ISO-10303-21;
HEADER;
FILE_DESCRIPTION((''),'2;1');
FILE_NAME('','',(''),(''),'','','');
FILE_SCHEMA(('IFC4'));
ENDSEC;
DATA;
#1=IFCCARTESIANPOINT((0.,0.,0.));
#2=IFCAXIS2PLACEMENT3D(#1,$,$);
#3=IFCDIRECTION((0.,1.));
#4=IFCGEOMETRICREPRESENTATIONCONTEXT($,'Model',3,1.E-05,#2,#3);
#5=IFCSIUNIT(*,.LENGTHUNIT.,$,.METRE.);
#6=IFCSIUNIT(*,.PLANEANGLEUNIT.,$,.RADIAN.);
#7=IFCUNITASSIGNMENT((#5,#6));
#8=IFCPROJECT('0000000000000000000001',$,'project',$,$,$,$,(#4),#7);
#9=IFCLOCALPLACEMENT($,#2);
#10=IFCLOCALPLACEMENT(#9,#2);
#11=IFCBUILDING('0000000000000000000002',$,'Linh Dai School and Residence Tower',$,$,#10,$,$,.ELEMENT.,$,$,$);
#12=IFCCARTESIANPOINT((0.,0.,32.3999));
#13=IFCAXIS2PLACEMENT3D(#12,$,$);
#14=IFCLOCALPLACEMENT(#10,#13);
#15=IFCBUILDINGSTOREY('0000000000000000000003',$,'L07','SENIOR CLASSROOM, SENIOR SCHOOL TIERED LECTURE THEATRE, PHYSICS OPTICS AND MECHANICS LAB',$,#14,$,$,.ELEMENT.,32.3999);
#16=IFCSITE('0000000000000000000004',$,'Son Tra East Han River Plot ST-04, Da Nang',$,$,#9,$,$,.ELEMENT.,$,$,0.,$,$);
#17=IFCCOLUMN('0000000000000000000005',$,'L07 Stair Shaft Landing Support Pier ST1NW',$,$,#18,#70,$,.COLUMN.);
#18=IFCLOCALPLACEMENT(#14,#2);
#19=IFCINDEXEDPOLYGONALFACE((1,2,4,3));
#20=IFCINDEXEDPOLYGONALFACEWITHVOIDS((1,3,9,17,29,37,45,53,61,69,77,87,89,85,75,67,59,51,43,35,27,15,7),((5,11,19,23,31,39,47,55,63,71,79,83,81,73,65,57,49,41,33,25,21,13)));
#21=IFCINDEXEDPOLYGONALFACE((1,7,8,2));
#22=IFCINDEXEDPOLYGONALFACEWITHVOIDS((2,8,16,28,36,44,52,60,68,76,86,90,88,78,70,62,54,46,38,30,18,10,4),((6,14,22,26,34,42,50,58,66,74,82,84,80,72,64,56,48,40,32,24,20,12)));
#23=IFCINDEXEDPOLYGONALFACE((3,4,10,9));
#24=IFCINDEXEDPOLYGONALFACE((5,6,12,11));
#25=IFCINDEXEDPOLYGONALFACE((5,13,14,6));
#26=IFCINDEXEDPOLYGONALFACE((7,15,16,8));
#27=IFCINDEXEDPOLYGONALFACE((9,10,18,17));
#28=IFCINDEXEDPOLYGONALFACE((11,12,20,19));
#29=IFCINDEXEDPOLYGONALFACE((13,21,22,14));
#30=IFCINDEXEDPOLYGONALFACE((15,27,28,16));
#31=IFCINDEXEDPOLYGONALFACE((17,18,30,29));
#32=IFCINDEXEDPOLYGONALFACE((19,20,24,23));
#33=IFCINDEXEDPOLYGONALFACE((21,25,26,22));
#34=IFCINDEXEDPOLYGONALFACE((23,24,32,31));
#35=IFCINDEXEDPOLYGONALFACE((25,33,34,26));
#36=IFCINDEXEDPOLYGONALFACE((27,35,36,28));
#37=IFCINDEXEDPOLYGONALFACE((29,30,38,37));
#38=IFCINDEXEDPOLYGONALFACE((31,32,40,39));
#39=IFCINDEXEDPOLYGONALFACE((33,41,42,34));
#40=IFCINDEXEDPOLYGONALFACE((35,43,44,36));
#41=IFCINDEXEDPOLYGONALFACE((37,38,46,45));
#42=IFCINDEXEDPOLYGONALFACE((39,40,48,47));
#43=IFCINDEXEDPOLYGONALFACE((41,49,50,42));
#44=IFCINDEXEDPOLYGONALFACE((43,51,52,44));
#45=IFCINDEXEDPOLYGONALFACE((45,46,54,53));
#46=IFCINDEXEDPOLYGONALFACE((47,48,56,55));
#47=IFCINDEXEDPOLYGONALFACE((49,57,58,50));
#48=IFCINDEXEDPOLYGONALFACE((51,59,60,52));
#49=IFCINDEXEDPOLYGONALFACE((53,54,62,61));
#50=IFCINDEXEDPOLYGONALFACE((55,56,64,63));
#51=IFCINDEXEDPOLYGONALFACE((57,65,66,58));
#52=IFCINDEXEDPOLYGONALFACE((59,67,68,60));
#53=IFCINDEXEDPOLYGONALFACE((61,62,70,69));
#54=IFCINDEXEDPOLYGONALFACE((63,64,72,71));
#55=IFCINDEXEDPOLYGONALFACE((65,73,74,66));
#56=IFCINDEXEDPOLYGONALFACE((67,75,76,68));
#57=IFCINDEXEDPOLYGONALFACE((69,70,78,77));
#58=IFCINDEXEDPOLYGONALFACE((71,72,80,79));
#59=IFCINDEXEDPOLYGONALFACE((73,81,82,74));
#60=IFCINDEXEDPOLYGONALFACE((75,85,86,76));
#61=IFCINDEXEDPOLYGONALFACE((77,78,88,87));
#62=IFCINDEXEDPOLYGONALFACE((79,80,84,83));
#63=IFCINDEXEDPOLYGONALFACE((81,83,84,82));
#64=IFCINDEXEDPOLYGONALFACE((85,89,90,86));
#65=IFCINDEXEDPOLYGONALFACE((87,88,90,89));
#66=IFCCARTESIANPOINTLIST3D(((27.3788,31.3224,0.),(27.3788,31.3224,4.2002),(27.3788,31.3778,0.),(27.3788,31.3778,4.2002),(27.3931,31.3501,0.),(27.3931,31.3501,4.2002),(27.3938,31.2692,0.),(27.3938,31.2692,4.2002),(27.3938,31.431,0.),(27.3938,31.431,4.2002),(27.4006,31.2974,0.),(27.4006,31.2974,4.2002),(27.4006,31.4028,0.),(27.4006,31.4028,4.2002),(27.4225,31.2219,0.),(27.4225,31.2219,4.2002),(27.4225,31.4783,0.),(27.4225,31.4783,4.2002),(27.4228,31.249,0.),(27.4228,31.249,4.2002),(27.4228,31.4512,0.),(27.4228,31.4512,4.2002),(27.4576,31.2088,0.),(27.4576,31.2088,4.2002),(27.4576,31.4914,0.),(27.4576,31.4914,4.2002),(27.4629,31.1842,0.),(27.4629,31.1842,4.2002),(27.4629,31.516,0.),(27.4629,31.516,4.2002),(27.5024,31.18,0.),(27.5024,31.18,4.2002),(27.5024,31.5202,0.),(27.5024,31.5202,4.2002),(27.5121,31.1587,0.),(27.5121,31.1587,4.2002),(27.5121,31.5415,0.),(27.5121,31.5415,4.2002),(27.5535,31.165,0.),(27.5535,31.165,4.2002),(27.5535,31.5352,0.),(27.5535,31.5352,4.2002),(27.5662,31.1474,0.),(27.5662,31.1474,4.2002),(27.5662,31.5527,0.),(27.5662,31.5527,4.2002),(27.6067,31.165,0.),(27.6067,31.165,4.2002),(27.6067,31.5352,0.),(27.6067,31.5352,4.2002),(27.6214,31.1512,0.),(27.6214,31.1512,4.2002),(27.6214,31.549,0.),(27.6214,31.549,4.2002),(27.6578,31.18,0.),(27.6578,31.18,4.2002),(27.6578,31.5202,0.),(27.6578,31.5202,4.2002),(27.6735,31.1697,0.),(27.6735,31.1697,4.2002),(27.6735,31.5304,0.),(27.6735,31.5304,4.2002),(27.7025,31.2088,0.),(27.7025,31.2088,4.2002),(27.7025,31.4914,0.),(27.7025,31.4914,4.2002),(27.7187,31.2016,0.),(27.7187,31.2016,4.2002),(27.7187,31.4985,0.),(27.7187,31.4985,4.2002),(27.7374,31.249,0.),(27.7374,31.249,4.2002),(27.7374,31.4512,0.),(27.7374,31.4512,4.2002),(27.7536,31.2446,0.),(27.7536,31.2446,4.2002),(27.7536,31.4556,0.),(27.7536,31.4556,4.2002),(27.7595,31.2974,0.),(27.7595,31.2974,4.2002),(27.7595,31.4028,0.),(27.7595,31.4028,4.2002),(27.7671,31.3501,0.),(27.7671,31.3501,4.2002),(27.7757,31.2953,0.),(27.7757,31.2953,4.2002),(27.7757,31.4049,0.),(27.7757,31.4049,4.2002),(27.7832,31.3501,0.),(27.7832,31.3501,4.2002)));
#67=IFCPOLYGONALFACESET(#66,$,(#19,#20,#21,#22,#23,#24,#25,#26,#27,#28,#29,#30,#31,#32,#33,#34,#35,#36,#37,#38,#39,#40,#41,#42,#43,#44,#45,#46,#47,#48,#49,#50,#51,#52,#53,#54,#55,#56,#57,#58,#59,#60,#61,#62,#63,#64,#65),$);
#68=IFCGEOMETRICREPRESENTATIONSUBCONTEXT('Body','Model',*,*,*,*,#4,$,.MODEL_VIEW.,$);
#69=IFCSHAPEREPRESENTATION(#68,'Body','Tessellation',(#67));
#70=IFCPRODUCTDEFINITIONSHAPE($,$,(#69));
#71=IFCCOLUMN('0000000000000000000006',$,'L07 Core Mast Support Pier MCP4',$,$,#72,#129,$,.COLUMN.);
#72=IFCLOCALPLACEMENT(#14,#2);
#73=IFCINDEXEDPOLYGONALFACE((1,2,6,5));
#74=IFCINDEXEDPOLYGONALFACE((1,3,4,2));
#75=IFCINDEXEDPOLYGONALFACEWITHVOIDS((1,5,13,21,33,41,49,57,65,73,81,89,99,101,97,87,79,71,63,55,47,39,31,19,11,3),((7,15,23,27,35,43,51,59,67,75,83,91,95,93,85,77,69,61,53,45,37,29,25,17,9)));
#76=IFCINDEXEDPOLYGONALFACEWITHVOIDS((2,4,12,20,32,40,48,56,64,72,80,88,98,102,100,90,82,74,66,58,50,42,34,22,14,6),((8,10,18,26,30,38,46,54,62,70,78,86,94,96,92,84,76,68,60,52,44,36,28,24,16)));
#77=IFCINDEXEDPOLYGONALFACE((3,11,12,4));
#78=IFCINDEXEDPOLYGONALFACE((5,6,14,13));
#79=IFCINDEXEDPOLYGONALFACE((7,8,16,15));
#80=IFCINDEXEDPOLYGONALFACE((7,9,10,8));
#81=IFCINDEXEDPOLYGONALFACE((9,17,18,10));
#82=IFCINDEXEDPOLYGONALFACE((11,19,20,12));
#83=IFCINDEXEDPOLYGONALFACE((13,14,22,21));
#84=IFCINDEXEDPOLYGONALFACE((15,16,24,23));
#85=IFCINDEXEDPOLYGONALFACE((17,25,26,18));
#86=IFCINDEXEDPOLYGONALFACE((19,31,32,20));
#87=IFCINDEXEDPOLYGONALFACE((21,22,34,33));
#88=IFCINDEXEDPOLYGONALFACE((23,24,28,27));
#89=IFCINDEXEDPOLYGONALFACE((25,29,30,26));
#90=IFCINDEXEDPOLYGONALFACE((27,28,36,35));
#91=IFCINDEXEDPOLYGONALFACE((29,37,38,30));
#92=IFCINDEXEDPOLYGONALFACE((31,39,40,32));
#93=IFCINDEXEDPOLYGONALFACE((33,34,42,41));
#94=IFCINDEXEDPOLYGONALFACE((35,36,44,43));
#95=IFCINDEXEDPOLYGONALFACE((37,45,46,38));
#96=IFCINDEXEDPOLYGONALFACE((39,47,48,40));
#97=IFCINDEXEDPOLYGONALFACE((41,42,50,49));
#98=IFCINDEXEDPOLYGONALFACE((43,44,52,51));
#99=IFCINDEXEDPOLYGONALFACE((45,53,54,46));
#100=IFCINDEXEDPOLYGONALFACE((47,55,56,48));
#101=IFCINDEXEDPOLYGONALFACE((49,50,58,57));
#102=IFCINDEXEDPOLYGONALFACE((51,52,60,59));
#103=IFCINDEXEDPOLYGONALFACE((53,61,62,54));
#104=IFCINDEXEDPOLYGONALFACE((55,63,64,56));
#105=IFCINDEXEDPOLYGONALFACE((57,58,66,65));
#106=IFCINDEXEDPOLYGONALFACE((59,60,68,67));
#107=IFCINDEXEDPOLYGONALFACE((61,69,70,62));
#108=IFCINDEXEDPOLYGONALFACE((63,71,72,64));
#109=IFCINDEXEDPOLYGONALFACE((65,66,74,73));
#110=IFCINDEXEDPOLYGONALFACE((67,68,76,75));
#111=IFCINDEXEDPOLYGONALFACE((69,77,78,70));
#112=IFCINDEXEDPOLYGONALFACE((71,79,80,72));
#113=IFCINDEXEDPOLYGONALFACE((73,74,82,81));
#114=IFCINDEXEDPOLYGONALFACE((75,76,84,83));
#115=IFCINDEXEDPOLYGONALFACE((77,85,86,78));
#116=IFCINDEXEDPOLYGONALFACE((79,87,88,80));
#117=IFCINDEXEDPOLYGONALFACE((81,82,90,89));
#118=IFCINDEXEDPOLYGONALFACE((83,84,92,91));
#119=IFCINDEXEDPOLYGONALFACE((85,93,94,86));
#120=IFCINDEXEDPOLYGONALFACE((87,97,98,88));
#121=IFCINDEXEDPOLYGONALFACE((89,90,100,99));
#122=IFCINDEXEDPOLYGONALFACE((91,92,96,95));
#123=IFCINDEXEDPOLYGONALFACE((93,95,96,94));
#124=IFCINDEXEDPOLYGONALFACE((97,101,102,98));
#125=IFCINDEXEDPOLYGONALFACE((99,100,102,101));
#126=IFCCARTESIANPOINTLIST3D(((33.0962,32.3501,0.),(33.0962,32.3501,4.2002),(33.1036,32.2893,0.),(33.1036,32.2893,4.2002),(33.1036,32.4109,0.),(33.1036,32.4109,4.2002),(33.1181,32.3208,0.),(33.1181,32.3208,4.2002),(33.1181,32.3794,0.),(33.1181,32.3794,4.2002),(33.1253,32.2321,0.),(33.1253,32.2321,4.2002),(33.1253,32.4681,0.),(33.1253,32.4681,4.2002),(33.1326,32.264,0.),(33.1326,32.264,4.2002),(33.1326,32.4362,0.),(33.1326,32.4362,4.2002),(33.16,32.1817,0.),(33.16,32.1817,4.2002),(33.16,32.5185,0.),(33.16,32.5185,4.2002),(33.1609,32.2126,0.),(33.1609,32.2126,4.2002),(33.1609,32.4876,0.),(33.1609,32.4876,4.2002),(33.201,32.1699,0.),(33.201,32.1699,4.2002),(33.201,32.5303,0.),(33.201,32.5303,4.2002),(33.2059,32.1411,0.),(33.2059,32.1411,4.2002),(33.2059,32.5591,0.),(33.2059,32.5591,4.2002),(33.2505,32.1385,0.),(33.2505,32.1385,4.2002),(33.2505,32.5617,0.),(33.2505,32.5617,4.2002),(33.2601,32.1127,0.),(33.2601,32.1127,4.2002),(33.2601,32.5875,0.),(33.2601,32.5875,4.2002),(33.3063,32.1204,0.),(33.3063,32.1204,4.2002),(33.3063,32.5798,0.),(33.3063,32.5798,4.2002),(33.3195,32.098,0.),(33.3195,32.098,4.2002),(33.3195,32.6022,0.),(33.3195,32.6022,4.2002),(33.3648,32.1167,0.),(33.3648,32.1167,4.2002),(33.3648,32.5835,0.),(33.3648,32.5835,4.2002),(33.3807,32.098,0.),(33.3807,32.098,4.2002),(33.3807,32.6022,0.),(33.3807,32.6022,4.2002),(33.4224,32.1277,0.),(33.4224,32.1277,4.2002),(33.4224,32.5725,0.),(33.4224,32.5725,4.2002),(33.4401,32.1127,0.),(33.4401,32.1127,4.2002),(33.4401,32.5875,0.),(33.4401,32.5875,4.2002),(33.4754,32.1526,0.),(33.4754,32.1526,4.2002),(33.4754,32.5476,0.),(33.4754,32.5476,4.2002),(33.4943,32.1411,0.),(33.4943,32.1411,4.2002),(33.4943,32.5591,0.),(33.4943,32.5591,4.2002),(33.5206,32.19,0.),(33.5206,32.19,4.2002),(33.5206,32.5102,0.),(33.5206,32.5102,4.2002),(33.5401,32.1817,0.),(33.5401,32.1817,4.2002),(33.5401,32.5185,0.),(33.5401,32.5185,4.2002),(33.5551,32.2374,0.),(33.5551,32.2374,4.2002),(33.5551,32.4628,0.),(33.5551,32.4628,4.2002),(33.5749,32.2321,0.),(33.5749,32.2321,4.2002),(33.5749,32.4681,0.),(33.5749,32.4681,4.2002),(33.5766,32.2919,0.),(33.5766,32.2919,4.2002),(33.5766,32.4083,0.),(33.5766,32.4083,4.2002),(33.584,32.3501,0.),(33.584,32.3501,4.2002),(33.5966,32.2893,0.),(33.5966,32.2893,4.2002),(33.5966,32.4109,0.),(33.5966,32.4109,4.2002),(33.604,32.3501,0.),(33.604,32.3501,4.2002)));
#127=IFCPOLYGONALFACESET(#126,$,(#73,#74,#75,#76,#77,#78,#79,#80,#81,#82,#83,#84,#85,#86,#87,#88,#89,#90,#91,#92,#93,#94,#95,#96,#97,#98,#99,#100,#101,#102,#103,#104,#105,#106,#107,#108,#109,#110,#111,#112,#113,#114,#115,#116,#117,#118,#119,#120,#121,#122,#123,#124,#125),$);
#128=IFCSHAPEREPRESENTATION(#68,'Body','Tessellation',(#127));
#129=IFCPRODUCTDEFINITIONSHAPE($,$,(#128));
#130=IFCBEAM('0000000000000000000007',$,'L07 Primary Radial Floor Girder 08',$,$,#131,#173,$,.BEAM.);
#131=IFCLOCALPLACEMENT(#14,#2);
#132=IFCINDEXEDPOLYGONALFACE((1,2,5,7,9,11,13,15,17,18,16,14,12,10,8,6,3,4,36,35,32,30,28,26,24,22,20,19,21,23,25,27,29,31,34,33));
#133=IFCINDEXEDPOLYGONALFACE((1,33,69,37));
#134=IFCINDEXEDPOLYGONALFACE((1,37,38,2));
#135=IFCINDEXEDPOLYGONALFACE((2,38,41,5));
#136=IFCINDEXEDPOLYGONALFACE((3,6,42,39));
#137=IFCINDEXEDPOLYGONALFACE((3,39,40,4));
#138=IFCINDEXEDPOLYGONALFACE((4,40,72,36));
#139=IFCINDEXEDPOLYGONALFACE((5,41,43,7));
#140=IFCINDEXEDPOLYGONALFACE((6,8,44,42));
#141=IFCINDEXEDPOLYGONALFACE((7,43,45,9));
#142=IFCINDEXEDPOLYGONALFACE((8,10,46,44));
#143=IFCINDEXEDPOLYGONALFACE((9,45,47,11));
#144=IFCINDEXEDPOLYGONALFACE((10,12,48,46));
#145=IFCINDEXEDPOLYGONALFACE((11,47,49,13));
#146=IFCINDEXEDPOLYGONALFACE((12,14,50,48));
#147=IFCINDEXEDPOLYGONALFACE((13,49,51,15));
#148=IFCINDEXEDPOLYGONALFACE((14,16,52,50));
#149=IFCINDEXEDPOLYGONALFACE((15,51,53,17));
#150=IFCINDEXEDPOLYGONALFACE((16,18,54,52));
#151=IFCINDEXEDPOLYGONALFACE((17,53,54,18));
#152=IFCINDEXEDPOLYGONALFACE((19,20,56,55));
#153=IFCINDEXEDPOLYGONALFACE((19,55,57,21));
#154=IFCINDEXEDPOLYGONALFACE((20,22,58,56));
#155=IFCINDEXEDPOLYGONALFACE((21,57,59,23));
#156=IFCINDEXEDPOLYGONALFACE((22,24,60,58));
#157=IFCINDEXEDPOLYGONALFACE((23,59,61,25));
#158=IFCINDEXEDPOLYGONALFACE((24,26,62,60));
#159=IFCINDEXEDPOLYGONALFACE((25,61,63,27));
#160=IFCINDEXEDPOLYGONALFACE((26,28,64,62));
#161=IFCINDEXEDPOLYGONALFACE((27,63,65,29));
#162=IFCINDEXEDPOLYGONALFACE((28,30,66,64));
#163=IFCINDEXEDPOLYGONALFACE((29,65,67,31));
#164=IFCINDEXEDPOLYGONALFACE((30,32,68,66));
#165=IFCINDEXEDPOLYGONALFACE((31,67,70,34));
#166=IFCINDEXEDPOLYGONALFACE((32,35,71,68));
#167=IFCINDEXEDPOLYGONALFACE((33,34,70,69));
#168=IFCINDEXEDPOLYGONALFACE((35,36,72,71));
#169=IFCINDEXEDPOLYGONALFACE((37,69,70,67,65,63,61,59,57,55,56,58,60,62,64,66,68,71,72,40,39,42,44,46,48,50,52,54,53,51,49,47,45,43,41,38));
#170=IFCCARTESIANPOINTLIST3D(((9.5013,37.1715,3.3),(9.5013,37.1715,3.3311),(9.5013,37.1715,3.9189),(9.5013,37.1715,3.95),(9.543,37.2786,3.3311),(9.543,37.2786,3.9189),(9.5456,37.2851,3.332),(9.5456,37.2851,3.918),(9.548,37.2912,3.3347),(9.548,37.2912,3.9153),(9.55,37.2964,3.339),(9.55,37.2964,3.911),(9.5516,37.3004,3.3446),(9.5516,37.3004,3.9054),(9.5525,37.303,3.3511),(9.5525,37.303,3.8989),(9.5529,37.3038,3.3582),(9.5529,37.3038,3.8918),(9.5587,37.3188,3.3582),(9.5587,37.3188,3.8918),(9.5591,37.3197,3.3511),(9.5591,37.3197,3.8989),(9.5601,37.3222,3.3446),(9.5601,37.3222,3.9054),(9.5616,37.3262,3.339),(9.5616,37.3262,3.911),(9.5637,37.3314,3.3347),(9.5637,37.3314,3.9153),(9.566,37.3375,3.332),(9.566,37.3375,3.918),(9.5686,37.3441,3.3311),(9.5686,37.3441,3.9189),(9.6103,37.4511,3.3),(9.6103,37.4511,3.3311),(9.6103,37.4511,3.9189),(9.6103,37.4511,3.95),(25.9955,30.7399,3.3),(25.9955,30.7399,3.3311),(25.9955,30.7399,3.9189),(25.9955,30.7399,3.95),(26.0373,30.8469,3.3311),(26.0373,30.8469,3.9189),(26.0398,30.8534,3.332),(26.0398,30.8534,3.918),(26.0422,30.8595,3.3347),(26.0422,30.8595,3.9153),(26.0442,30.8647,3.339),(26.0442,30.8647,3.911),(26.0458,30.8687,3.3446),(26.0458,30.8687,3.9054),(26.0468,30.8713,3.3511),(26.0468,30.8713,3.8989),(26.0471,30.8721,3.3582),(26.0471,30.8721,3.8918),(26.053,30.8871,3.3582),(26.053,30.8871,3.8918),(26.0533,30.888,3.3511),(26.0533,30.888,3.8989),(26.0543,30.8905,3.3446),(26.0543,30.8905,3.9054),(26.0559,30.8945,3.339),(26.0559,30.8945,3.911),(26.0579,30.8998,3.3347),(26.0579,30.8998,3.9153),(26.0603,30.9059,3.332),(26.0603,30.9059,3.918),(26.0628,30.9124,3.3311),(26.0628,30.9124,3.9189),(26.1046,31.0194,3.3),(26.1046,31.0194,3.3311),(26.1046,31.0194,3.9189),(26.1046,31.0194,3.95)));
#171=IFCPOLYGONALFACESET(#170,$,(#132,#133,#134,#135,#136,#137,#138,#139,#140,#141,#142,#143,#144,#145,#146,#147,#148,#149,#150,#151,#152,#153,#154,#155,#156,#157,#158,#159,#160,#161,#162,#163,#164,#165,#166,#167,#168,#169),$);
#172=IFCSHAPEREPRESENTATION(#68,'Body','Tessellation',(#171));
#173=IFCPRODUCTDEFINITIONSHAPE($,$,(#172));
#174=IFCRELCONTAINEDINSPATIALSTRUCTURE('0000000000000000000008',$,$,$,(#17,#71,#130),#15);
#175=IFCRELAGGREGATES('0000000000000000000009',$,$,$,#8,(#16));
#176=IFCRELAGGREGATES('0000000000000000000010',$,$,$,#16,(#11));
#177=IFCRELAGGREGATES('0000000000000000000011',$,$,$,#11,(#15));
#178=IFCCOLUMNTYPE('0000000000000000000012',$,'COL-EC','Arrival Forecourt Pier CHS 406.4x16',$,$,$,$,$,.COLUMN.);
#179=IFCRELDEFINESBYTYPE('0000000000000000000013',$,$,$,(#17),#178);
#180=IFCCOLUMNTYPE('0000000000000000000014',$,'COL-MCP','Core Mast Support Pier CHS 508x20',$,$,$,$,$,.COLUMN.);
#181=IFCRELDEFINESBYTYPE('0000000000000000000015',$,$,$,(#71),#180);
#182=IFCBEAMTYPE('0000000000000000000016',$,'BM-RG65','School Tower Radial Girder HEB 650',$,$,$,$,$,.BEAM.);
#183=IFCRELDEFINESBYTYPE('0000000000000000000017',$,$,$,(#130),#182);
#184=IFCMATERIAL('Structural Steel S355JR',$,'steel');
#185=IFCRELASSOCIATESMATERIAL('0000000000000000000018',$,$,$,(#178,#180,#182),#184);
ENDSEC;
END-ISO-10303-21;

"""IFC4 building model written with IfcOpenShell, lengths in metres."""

from ifc_helpers import new_model, si_unit, direction, frame, origin, origin_2d, place, context, subcontext, project, spatial, hollow_circle, i_section, extrude, material, material_profile, profile_set, type_object, element, save


model = new_model("IFC4")

# Units and contexts
model_context = context("Model", 3, precision=1e-05, world=origin(), true_north=direction((0.0, 1.0)))
body_context = subcontext(model_context, "Body", "Model", "MODEL_VIEW")
ifc_project = project(units=[si_unit("LENGTHUNIT", "METRE"), si_unit("PLANEANGLEUNIT", "RADIAN")], contexts=[model_context])

# Site, building, storey
site_placement = place(None, origin())
site = spatial("IfcSite", under=ifc_project, at=site_placement, Name="Son Tra East Han River Plot ST-04, Da Nang", CompositionType="ELEMENT", RefElevation=0.0)
building_placement = place(site_placement, origin())
building = spatial("IfcBuilding", under=site, at=building_placement, Name="Linh Dai School and Residence Tower", CompositionType="ELEMENT")
storey_placement = place(building_placement, frame((0.0, 0.0, 32.3999)))
storey = spatial("IfcBuildingStorey", under=building, at=storey_placement, Name="L07", Description="SENIOR CLASSROOM, SENIOR SCHOOL TIERED LECTURE THEATRE, PHYSICS OPTICS AND MECHANICS LAB", CompositionType="ELEMENT", Elevation=32.3999)

# Columns
ifc_material_1 = material(Name="Structural Steel S355JR", Category="steel")
ifc_material_profile_1 = material_profile(ifc_material_1, hollow_circle(Radius=0.2031, WallThickness=0.0161, at=origin_2d()), Name="CHS 406.4x16")
ifc_profile_set_1 = profile_set([ifc_material_profile_1], Name="Structural Steel S355JR")
column_type_1 = type_object("IfcColumnType", Name="COL-EC", Description="Arrival Forecourt Pier CHS 406.4x16", PredefinedType="COLUMN", material=ifc_profile_set_1)
column_1_placement = place(storey_placement, frame((27.5801, 31.3501, 0.0), z_axis=(0.0, 0.0, 1.0), x_axis=(1.0, 0.0, 0.0)))
element("IfcColumn", 1, at=column_1_placement, inside=storey, type_object=column_type_1, Name="L07 Stair Shaft Landing Support Pier ST1NW", PredefinedType="COLUMN", context=body_context, shape_type="SweptSolid", body=[
    extrude(hollow_circle(Radius=0.2031, WallThickness=0.0161, at=origin_2d()), origin(), (0.0, 0.0, 1.0), 4.2002),
])
ifc_material_profile_2 = material_profile(ifc_material_1, hollow_circle(Radius=0.2539, WallThickness=0.02, at=origin_2d()), Name="CHS 508x20")
ifc_profile_set_2 = profile_set([ifc_material_profile_2], Name="Structural Steel S355JR")
column_type_2 = type_object("IfcColumnType", Name="COL-MCP", Description="Core Mast Support Pier CHS 508x20", PredefinedType="COLUMN", material=ifc_profile_set_2)
column_2_placement = place(storey_placement, frame((33.3501, 32.3501, 0.0), z_axis=(0.0, 0.0, 1.0), x_axis=(1.0, 0.0, 0.0)))
element("IfcColumn", 2, at=column_2_placement, inside=storey, type_object=column_type_2, Name="L07 Core Mast Support Pier MCP4", PredefinedType="COLUMN", context=body_context, shape_type="SweptSolid", body=[
    extrude(hollow_circle(Radius=0.2539, WallThickness=0.02, at=origin_2d()), origin(), (0.0, 0.0, 1.0), 4.2002),
])

# Beam
ifc_material_profile_3 = material_profile(ifc_material_1, i_section(OverallWidth=0.3, OverallDepth=0.6499, WebThickness=0.0161, FlangeThickness=0.031, FilletRadius=0.0271, at=origin_2d()), Name="HEB 650")
ifc_profile_set_3 = profile_set([ifc_material_profile_3], Name="Structural Steel S355JR")
beam_type_1 = type_object("IfcBeamType", Name="BM-RG65", Description="School Tower Radial Girder HEB 650", PredefinedType="BEAM", material=ifc_profile_set_3)
beam_1_placement = place(storey_placement, frame((26.05, 30.8796, 3.625), z_axis=(-0.931675, 0.363293, 0.0), x_axis=(-0.363293, -0.931675, 0.0)))
element("IfcBeam", 3, at=beam_1_placement, inside=storey, type_object=beam_type_1, Name="L07 Primary Radial Floor Girder 08", PredefinedType="BEAM", context=body_context, shape_type="SweptSolid", body=[
    extrude(i_section(OverallWidth=0.3, OverallDepth=0.6499, WebThickness=0.0161, FlangeThickness=0.031, FilletRadius=0.0271, at=origin_2d()), origin(), (0.0, 0.0, 1.0), 17.7039),
])

save(model, "model.ifc")
